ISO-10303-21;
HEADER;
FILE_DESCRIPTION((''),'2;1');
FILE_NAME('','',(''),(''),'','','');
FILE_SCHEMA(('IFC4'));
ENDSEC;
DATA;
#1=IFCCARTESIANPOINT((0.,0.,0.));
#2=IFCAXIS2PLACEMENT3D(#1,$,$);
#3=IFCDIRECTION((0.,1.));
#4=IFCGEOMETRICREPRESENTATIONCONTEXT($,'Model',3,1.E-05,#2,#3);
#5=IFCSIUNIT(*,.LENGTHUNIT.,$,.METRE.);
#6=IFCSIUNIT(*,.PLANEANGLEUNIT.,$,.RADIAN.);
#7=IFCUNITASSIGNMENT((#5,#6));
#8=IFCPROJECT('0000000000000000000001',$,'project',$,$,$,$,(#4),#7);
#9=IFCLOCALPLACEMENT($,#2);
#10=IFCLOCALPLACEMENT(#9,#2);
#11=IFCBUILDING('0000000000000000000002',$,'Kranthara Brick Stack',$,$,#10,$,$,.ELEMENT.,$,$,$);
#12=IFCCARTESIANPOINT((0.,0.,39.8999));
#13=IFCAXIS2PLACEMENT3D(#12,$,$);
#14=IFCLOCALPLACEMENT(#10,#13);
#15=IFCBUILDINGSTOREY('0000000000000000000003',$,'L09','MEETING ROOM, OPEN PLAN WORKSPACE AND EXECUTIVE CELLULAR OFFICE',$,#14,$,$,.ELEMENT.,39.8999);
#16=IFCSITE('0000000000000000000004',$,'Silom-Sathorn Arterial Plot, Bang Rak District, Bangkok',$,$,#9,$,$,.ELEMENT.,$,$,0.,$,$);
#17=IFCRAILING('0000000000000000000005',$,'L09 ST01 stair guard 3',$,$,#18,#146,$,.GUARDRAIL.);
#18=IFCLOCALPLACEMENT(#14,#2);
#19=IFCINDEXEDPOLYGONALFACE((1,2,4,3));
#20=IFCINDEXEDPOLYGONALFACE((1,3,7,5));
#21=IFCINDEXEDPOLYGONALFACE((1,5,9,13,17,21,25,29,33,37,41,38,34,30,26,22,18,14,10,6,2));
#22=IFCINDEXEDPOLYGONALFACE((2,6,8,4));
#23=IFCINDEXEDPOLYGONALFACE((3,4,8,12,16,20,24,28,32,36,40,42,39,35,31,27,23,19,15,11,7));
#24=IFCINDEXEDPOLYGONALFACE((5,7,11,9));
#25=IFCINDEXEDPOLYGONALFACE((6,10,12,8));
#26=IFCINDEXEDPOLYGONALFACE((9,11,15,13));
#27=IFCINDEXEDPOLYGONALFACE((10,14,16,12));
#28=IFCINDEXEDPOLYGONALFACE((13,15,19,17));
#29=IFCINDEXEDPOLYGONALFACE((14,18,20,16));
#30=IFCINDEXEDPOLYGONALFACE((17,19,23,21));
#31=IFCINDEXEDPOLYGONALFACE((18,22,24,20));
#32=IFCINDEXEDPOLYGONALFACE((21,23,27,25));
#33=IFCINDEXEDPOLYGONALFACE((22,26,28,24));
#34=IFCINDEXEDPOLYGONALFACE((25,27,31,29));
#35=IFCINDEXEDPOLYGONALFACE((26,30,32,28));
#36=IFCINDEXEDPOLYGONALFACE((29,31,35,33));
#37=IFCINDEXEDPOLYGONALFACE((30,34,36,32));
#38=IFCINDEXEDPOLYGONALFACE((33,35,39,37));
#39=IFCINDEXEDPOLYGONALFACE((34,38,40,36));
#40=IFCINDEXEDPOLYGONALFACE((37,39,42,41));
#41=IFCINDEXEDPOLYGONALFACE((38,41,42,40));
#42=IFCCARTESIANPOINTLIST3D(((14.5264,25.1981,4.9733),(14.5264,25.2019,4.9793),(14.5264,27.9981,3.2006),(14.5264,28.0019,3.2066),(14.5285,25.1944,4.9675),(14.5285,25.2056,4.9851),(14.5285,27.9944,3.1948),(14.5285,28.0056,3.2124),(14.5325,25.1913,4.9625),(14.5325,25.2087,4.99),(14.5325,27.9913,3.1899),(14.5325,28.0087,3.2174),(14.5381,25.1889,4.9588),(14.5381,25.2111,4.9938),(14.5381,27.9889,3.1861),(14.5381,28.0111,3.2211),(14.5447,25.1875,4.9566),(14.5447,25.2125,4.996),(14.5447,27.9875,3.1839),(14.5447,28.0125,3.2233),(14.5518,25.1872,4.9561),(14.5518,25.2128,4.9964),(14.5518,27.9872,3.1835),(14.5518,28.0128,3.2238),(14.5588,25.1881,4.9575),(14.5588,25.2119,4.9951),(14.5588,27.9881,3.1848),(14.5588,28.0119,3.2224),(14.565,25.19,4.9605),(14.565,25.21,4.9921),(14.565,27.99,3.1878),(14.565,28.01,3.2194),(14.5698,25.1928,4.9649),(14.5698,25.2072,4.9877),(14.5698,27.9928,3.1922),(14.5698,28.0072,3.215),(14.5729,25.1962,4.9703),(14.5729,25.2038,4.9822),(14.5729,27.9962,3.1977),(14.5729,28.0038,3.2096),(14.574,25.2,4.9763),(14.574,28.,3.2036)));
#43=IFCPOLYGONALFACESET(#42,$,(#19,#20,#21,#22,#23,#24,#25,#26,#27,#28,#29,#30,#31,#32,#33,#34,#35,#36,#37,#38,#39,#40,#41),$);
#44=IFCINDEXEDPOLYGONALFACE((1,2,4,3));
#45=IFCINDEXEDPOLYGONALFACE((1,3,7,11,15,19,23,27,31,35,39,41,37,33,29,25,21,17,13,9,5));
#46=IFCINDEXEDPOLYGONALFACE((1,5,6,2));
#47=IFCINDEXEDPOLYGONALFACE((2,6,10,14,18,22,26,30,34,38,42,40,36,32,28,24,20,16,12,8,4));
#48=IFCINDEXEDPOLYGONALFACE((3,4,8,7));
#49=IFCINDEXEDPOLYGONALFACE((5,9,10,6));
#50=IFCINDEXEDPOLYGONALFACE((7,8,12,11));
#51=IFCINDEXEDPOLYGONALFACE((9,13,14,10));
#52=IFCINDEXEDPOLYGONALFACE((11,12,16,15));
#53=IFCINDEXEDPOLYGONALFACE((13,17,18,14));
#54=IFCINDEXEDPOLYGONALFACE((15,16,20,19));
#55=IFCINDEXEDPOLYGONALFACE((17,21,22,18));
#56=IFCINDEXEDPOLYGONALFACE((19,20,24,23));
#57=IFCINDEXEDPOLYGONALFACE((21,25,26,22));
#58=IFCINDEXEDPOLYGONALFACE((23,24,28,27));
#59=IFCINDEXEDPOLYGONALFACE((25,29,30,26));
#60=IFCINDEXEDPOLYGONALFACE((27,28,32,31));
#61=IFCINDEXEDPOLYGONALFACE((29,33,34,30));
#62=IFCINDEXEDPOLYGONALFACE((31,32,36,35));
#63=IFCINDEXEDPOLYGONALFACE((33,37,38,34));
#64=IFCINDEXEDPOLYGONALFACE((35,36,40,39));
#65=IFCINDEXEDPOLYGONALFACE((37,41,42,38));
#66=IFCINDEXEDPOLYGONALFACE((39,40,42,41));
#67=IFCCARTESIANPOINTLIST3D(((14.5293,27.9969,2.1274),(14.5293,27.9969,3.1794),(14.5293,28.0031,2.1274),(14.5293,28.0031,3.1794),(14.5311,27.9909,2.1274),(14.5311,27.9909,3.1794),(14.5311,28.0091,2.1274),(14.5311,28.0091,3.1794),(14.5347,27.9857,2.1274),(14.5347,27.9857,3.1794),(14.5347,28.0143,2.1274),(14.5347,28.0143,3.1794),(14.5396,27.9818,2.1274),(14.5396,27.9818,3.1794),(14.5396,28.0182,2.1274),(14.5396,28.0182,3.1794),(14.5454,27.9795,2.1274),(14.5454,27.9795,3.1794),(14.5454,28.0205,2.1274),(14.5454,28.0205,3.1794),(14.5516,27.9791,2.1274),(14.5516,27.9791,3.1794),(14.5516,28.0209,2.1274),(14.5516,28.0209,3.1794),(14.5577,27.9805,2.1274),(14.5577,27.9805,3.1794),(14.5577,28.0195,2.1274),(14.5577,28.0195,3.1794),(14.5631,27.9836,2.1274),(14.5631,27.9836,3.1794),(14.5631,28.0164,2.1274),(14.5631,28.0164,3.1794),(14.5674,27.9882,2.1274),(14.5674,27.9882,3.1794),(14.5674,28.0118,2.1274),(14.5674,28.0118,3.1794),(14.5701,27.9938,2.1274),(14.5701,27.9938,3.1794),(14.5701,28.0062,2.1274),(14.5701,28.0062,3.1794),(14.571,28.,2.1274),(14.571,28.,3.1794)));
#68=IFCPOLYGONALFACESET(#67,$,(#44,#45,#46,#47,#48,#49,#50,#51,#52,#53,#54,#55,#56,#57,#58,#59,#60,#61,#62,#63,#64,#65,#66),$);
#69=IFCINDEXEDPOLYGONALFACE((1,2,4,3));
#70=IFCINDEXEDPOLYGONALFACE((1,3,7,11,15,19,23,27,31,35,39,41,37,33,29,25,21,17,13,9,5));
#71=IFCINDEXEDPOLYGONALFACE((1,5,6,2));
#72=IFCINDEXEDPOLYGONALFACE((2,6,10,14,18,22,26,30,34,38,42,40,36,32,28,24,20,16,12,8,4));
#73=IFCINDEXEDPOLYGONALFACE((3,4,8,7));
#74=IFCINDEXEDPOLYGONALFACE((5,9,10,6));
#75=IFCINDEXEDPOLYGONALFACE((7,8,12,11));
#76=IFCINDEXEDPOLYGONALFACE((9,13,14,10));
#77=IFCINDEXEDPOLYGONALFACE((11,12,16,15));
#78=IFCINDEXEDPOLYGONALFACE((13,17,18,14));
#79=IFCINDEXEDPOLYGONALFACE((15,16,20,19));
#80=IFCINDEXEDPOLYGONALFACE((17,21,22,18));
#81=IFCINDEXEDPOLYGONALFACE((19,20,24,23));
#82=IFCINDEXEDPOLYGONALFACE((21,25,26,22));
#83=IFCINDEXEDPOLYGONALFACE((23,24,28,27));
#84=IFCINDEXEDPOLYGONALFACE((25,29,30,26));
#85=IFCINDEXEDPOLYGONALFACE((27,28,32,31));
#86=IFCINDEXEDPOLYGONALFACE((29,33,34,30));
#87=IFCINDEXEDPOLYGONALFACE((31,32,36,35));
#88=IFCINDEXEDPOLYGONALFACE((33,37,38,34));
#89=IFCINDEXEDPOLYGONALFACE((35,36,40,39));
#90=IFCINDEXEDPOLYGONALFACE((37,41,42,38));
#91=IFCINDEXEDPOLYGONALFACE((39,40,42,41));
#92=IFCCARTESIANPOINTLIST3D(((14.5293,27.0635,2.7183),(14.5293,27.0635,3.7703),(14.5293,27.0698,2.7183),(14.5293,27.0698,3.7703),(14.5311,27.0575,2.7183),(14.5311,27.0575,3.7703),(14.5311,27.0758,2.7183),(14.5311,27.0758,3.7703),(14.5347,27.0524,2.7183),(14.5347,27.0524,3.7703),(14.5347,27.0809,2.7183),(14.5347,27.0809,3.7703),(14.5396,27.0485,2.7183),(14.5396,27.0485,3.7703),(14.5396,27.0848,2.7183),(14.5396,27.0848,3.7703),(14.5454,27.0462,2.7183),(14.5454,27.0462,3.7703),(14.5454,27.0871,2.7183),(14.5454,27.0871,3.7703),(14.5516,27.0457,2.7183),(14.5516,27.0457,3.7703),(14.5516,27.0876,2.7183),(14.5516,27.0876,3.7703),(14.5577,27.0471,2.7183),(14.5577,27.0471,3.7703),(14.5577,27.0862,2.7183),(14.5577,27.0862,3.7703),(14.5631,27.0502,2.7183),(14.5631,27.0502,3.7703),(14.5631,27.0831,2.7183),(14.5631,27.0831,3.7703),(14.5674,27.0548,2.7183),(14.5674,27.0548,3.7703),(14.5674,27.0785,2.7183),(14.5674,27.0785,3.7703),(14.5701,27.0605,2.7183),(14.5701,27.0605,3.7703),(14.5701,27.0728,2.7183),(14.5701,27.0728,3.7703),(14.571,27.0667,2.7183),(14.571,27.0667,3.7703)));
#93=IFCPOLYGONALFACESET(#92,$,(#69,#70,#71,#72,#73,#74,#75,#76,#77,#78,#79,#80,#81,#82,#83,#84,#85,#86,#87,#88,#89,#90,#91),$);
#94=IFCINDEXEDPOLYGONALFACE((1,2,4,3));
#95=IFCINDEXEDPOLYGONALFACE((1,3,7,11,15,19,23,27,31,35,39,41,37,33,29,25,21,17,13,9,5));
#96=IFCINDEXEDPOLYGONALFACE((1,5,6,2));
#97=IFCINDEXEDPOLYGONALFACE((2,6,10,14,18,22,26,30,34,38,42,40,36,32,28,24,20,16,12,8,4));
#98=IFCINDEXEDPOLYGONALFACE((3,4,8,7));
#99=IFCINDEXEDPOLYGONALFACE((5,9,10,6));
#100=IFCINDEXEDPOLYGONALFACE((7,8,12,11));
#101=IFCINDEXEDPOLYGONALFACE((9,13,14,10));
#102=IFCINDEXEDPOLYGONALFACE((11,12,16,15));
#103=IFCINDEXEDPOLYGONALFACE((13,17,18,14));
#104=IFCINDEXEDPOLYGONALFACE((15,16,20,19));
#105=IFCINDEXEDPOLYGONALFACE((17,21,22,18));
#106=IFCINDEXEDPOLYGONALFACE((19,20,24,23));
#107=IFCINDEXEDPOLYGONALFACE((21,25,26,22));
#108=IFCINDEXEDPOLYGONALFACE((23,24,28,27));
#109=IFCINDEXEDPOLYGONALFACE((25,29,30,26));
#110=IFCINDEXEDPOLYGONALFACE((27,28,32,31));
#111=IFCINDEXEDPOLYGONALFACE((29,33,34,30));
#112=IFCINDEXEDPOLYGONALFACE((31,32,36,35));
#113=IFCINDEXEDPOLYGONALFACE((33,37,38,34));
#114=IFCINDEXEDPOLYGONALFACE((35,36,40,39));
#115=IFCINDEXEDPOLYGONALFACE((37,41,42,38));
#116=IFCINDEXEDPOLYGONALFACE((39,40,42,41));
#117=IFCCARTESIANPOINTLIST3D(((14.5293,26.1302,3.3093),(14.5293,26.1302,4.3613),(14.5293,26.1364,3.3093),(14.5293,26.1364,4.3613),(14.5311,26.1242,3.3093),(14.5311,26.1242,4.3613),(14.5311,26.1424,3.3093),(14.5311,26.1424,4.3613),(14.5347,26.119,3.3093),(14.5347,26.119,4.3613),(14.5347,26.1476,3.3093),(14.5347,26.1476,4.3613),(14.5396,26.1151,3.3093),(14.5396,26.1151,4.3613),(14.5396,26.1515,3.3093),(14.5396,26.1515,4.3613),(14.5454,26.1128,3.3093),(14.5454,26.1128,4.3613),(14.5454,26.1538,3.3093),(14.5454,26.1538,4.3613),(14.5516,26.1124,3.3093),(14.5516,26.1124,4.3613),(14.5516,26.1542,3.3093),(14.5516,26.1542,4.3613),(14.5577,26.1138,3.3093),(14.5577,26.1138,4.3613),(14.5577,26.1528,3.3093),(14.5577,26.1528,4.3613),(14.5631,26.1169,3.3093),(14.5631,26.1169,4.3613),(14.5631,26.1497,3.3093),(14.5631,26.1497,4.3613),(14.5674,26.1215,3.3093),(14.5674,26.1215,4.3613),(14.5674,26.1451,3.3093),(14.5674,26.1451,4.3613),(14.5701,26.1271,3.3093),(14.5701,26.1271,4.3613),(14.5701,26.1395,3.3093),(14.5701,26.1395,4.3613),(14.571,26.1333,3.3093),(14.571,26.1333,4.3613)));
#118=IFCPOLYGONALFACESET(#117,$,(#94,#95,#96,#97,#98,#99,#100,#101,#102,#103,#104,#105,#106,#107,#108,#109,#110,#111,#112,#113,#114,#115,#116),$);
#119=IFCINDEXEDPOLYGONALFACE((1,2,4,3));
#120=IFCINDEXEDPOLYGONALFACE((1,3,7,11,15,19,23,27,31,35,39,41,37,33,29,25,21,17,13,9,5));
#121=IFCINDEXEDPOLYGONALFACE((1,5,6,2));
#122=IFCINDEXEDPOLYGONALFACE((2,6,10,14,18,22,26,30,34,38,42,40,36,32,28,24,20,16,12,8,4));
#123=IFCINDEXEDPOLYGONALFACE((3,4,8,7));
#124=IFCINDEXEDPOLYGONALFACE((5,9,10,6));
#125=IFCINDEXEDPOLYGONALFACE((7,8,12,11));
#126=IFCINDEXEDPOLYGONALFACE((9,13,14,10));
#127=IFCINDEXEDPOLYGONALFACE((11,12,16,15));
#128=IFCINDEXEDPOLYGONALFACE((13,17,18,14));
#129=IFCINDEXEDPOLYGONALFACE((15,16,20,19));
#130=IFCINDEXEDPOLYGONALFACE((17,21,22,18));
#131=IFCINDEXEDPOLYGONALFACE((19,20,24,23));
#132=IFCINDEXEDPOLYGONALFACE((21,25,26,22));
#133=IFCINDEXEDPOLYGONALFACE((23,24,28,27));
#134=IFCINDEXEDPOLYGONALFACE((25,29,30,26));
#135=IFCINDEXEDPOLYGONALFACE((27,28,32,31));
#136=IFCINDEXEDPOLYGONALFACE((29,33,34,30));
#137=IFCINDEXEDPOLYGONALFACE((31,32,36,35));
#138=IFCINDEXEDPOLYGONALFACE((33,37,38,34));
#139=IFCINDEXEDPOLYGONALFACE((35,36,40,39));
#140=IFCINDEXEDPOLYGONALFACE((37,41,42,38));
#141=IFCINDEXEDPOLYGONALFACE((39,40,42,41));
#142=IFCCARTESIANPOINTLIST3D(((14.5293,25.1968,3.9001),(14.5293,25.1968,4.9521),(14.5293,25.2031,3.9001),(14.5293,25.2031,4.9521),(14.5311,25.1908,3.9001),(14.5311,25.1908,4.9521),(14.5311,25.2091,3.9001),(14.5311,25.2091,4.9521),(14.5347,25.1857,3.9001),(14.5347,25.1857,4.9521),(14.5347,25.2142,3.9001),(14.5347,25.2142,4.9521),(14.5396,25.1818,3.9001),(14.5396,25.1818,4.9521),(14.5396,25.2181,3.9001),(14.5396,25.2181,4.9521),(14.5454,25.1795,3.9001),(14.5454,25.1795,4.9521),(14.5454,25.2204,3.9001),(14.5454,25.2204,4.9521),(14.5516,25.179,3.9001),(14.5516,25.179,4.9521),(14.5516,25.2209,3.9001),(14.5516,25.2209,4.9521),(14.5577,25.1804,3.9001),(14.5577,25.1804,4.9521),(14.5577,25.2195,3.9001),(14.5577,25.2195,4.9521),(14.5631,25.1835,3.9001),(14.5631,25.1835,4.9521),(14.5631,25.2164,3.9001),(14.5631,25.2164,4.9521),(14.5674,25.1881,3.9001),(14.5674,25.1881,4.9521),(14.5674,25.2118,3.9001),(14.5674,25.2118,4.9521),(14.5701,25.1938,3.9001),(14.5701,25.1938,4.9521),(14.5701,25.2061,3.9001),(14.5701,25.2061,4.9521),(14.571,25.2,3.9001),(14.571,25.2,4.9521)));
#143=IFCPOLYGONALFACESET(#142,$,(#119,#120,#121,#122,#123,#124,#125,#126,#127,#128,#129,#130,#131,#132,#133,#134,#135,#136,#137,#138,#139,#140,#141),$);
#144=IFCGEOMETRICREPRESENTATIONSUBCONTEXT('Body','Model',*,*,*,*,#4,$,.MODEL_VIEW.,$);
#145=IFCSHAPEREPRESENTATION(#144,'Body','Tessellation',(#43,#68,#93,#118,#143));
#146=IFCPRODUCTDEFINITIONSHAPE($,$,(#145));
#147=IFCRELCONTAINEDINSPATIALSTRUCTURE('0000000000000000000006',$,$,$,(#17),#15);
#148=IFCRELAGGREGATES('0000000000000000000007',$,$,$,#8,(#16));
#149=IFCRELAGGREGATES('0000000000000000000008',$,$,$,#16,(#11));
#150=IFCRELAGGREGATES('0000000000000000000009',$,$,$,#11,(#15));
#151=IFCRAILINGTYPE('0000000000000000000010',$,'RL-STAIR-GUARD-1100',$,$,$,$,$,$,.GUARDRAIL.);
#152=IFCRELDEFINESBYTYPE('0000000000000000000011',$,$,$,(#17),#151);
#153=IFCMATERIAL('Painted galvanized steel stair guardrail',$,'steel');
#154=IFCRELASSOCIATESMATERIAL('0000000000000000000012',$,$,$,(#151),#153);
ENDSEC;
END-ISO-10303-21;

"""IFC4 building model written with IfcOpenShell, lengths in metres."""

from ifc_helpers import new_model, si_unit, direction, frame, origin, origin_2d, place, context, subcontext, project, spatial, circle, extrude, material, type_object, element, save


model = new_model("IFC4")

# Units and contexts
model_context = context("Model", 3, precision=1e-05, world=origin(), true_north=direction((0.0, 1.0)))
body_context = subcontext(model_context, "Body", "Model", "MODEL_VIEW")
ifc_project = project(units=[si_unit("LENGTHUNIT", "METRE"), si_unit("PLANEANGLEUNIT", "RADIAN")], contexts=[model_context])

# Site, building, storey
site_placement = place(None, origin())
site = spatial("IfcSite", under=ifc_project, at=site_placement, Name="Silom-Sathorn Arterial Plot, Bang Rak District, Bangkok", CompositionType="ELEMENT", RefElevation=0.0)
building_placement = place(site_placement, origin())
building = spatial("IfcBuilding", under=site, at=building_placement, Name="Kranthara Brick Stack", CompositionType="ELEMENT")
storey_placement = place(building_placement, frame((0.0, 0.0, 39.8999)))
storey = spatial("IfcBuildingStorey", under=building, at=storey_placement, Name="L09", Description="MEETING ROOM, OPEN PLAN WORKSPACE AND EXECUTIVE CELLULAR OFFICE", CompositionType="ELEMENT", Elevation=39.8999)

# Railing
ifc_material_1 = material(Name="Painted galvanized steel stair guardrail", Category="steel")
railing_type_1 = type_object("IfcRailingType", Name="RL-STAIR-GUARD-1100", PredefinedType="GUARDRAIL", material=ifc_material_1)
railing_1_placement = place(storey_placement, frame((14.55, 28.0, 2.1274)))
element("IfcRailing", 1, at=railing_1_placement, inside=storey, type_object=railing_type_1, Name="L09 ST01 stair guard 3", PredefinedType="GUARDRAIL", context=body_context, shape_type="SweptSolid", body=[
    extrude(circle(Radius=0.0239, at=origin_2d()), frame((0.0, 0.0, 1.0762), z_axis=(0.0, -0.844909, 0.53491), x_axis=(1.0, 0.0, 0.0)), (0.0, 0.0, 1.0), 3.314),
    extrude(circle(Radius=0.021, at=origin_2d()), origin(), (0.0, 0.0, 1.0), 1.052),
    extrude(circle(Radius=0.021, at=origin_2d()), frame((0.0, -0.9333, 0.5908)), (0.0, 0.0, 1.0), 1.052),
    extrude(circle(Radius=0.021, at=origin_2d()), frame((0.0, -1.8667, 1.1819)), (0.0, 0.0, 1.0), 1.052),
    extrude(circle(Radius=0.021, at=origin_2d()), frame((0.0, -2.8, 1.7727)), (0.0, 0.0, 1.0), 1.052),
])

save(model, "model.ifc")
